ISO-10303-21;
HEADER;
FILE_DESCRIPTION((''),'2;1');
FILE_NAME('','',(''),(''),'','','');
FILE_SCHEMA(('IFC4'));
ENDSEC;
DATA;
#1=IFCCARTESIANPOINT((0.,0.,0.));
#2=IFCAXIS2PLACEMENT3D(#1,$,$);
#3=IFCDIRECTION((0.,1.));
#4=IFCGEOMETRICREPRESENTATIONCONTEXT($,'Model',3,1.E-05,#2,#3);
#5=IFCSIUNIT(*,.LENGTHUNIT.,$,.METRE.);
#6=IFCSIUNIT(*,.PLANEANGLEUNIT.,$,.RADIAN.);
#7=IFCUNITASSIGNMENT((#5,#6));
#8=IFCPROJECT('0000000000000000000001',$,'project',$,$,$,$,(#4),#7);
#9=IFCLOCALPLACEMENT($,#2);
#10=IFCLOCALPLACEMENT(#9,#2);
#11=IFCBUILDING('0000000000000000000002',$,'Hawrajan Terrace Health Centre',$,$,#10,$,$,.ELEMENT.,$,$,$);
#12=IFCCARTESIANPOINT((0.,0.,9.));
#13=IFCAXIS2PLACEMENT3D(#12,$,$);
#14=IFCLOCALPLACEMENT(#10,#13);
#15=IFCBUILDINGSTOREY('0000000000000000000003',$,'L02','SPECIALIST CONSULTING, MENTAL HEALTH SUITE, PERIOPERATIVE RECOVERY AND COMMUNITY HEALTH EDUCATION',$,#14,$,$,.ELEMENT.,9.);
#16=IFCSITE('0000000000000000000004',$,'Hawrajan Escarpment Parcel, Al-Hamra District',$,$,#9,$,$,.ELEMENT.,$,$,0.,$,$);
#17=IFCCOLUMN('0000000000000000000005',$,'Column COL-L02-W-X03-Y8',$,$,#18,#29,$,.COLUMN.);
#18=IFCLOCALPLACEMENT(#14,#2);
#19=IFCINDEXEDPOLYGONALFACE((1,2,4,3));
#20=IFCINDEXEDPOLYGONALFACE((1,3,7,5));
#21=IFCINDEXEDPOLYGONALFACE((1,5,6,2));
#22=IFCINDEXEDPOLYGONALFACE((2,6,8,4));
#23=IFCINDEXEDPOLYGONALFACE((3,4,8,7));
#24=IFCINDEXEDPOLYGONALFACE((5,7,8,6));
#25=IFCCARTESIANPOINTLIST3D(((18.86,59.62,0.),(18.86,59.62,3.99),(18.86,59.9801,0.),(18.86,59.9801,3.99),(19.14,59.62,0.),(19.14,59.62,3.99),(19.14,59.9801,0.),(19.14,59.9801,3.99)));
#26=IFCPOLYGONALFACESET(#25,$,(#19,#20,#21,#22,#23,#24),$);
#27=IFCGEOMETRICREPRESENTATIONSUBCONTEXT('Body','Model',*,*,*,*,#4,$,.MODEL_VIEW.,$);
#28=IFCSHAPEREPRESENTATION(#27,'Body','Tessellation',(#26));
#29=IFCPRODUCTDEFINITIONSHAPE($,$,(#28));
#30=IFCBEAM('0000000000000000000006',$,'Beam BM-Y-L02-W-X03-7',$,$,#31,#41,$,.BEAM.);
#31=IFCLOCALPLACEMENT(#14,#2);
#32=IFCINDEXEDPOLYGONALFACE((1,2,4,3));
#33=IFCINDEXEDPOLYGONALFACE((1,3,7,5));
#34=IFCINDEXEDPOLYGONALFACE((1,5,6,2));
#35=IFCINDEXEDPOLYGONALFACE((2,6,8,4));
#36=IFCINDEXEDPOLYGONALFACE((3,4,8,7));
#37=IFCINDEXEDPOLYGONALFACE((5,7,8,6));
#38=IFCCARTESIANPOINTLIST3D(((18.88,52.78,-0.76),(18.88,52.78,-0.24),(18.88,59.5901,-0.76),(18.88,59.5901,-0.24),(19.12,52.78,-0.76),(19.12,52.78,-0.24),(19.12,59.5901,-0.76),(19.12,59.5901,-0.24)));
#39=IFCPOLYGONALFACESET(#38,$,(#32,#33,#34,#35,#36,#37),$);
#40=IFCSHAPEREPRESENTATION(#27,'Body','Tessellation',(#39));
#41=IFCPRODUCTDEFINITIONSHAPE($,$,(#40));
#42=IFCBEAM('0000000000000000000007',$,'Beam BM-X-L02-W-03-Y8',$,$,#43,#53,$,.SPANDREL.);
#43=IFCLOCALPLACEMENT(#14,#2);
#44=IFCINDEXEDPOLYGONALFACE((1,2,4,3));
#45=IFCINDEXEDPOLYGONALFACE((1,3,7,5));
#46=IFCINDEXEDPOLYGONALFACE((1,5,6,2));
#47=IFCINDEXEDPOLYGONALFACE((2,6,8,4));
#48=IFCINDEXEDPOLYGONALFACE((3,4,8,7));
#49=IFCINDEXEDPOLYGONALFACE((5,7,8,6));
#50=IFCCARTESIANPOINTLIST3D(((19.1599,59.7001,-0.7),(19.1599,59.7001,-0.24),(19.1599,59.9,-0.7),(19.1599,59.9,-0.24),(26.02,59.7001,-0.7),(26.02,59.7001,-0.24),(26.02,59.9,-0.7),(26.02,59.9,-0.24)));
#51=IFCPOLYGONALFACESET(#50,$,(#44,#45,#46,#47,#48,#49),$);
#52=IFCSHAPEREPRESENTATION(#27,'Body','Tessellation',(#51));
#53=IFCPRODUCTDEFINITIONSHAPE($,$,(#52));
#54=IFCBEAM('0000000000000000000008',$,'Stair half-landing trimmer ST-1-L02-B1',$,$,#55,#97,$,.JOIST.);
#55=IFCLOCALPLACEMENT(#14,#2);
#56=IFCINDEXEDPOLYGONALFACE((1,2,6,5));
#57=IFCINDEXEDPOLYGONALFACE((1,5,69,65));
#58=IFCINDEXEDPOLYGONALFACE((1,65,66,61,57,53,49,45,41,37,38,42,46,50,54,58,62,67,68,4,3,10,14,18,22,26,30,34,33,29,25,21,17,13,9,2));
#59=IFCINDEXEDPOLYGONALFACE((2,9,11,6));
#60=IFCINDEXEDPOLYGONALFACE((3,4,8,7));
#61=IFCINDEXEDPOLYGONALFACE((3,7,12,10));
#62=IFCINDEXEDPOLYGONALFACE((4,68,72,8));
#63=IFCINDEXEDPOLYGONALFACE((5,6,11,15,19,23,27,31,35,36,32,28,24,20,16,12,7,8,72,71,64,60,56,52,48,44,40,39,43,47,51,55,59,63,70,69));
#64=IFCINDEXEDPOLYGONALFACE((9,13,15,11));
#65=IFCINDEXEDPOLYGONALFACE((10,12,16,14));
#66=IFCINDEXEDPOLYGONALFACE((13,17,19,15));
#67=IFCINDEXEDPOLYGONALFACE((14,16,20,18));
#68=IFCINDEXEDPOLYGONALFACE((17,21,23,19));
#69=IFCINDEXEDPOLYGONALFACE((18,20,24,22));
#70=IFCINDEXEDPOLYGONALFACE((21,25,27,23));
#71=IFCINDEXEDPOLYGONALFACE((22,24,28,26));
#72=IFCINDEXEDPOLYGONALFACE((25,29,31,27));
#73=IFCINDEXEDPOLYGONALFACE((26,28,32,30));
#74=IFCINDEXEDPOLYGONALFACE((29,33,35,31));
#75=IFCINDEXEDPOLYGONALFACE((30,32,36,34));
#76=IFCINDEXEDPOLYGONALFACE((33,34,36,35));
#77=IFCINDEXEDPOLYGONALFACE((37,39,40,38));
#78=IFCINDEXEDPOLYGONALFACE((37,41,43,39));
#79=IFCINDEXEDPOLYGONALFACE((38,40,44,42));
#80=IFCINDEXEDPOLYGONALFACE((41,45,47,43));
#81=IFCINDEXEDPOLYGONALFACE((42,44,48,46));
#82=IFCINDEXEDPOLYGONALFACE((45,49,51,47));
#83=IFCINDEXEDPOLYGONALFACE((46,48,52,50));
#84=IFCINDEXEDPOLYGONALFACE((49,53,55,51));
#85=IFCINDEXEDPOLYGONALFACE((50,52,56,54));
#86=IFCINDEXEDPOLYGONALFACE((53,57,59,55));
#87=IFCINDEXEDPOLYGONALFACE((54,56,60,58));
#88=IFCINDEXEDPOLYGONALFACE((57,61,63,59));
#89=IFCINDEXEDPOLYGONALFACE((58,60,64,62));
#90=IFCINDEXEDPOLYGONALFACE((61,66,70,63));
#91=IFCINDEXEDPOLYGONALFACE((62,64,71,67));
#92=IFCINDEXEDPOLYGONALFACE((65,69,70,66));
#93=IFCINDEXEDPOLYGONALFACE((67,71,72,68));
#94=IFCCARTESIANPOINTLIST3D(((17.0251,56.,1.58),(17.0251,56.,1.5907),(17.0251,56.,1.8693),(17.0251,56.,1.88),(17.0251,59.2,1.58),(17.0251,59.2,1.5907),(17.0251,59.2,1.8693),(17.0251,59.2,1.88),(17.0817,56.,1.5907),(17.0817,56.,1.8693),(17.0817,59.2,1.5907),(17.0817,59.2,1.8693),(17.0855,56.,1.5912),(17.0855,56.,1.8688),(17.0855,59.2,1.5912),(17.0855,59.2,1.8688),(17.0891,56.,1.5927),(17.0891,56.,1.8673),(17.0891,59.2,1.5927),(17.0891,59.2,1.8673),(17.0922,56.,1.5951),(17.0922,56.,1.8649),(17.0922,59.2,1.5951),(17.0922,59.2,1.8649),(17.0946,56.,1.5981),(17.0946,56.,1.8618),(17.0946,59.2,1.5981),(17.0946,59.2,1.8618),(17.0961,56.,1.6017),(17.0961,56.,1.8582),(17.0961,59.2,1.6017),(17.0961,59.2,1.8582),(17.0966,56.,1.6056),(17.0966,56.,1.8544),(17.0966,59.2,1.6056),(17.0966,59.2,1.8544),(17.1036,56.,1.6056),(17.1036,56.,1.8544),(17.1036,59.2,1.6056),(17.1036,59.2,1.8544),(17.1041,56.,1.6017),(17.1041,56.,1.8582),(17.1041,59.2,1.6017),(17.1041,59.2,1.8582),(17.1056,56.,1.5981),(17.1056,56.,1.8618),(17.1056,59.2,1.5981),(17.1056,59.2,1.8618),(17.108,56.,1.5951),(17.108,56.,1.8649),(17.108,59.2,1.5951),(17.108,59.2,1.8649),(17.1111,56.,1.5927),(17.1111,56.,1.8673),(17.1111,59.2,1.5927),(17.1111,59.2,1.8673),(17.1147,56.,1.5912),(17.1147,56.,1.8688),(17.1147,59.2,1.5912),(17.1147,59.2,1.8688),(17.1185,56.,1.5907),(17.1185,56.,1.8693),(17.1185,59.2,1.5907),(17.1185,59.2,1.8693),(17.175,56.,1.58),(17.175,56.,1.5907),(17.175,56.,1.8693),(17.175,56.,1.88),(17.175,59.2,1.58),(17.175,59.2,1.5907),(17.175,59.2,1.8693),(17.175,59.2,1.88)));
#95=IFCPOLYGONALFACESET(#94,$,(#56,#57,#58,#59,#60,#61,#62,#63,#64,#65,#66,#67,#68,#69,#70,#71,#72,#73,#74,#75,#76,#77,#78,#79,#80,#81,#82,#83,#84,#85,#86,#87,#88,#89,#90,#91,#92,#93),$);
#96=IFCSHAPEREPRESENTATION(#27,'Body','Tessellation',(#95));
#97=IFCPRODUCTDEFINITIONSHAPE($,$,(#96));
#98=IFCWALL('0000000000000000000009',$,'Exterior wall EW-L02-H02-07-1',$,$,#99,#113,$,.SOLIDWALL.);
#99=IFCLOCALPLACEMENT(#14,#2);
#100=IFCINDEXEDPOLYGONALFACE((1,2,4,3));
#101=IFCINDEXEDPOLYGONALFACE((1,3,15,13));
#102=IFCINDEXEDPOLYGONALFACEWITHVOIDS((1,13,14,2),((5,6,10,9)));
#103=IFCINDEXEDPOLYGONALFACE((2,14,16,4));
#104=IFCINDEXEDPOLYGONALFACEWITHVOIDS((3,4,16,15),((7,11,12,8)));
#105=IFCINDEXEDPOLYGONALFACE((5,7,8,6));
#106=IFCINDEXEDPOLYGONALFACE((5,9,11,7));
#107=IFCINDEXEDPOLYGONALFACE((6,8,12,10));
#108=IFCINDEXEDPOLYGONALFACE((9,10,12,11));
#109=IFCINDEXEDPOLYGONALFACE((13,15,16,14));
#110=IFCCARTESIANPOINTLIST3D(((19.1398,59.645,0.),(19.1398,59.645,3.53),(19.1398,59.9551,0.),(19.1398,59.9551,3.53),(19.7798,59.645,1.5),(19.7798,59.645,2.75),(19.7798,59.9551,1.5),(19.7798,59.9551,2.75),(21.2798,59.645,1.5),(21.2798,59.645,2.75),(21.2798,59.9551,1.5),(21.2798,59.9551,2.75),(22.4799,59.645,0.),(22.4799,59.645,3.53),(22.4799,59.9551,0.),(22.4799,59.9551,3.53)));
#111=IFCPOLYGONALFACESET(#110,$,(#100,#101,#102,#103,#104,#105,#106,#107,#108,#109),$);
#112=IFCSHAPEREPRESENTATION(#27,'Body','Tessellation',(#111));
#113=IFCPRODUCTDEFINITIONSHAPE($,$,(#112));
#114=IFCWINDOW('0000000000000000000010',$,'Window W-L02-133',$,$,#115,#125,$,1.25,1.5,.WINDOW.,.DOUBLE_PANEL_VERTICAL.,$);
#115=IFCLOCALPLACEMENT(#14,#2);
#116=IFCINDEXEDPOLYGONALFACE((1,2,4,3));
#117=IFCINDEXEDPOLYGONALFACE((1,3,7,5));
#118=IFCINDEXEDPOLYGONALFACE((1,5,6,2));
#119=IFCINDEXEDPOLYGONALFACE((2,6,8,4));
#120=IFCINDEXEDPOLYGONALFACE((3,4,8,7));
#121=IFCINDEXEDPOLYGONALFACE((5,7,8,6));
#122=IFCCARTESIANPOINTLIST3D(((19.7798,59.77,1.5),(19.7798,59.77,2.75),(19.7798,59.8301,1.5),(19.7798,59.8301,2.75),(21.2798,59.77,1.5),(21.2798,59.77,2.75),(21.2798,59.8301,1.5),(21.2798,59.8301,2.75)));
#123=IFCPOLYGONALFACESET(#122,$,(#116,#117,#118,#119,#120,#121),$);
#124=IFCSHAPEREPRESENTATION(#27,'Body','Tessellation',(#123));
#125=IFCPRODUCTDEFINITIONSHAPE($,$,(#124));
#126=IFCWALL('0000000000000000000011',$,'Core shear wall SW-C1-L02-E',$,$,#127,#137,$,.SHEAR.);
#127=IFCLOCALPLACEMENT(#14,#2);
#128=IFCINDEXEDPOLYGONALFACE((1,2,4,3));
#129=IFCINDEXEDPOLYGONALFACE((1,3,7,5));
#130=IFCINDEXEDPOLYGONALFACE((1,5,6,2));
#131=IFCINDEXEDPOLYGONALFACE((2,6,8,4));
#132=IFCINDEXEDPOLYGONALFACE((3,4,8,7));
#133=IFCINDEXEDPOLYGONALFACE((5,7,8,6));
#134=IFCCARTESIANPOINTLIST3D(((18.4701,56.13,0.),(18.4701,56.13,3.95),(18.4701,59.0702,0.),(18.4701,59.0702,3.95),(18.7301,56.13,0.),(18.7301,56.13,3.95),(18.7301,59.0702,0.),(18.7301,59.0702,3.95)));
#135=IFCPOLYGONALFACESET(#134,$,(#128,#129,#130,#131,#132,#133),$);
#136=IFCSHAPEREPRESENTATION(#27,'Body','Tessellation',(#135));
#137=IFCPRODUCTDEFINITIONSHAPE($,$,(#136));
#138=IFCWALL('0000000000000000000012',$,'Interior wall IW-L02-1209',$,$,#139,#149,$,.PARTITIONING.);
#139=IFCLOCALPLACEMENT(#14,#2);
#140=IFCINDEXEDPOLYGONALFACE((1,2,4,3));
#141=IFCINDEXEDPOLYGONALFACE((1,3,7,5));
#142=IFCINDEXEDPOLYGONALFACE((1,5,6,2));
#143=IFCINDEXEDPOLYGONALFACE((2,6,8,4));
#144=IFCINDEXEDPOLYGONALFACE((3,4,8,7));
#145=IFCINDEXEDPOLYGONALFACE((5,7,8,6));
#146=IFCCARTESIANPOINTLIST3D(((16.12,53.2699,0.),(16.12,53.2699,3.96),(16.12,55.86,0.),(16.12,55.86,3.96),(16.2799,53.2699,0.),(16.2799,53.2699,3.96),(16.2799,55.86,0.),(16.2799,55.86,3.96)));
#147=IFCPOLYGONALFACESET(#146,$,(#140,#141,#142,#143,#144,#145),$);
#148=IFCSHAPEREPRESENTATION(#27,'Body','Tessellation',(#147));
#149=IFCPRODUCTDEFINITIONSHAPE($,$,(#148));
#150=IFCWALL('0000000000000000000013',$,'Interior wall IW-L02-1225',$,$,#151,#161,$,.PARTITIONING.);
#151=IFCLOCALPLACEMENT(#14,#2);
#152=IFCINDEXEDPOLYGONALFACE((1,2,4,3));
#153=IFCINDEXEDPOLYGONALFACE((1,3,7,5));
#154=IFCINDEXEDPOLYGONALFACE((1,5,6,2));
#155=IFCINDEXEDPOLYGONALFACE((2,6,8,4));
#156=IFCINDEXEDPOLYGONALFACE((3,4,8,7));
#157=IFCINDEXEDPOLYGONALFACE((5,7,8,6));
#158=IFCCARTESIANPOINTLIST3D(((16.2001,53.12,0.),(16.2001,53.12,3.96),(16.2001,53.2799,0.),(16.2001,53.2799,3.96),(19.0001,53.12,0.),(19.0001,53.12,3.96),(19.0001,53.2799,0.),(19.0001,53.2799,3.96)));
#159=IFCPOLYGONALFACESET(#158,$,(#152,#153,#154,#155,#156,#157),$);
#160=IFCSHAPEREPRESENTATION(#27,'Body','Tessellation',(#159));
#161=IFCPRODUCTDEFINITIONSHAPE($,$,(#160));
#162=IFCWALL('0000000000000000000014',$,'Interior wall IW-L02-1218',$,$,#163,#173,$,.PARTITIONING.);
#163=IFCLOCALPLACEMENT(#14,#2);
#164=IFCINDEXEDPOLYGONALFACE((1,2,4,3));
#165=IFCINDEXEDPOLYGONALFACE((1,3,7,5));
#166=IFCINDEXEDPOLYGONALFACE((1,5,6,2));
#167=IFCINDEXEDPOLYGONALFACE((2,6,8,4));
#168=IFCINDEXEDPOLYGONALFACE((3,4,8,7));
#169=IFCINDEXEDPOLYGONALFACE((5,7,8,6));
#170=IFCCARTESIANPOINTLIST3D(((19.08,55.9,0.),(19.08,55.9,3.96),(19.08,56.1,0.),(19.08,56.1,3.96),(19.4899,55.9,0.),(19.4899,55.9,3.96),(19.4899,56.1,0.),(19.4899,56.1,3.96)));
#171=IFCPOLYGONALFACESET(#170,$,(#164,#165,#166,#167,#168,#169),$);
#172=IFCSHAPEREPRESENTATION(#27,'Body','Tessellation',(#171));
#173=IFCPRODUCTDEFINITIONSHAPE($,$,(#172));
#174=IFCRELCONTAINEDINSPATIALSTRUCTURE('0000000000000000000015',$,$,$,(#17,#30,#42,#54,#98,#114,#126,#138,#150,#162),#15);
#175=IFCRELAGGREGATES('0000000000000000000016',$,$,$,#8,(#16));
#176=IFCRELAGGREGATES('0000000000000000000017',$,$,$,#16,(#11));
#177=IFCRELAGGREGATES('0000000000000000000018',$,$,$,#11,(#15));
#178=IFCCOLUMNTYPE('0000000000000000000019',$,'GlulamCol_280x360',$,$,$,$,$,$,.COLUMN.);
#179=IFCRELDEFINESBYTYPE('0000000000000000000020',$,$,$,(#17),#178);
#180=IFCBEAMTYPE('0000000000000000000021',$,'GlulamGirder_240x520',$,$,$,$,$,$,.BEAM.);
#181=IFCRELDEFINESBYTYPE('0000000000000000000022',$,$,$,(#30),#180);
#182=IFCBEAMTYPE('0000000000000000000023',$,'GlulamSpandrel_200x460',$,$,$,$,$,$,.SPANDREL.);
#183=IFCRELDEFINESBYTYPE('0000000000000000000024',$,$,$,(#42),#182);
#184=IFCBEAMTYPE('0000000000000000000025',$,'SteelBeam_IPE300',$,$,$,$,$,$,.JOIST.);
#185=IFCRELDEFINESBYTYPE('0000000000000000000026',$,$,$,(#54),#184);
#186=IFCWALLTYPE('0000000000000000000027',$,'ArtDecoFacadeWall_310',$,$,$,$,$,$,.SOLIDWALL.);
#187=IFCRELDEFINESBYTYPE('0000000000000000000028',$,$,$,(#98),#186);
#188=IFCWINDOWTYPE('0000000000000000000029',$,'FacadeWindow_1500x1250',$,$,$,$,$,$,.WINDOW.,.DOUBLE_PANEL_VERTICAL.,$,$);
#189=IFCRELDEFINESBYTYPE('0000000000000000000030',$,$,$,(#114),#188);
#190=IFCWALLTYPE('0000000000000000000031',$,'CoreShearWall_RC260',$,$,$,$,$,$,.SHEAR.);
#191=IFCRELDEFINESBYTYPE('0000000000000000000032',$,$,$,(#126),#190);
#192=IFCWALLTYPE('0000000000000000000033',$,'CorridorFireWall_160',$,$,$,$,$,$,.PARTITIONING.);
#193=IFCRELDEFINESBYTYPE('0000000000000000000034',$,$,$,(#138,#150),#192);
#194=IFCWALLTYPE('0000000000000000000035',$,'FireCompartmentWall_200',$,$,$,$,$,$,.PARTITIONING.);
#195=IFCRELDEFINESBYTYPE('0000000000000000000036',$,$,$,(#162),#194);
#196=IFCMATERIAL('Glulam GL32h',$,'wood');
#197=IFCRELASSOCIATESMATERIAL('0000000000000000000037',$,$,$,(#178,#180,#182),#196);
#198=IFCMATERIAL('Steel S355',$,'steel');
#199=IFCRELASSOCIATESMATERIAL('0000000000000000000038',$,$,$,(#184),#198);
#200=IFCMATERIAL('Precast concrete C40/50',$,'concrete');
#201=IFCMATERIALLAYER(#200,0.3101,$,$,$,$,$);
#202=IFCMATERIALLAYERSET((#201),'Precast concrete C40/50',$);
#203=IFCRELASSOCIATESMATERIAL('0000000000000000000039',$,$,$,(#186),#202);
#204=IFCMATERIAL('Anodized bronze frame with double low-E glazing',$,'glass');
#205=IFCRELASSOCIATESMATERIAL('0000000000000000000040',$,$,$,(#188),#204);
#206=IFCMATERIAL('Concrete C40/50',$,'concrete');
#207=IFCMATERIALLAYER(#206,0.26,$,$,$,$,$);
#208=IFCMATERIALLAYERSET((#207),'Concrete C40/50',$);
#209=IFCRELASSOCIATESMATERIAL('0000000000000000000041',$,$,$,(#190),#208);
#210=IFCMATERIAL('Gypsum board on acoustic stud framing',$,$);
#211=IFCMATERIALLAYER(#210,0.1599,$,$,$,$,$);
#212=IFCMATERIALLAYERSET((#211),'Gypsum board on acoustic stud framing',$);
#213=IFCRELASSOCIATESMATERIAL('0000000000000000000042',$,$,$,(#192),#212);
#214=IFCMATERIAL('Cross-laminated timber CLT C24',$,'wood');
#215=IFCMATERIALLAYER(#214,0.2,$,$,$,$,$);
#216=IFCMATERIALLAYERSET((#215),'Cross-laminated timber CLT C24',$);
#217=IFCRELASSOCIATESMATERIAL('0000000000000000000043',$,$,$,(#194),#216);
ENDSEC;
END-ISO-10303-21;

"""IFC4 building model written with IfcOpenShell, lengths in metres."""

from ifc_helpers import new_model, si_unit, direction, frame, frame_2d, origin, origin_2d, place, context, subcontext, project, spatial, rectangle, i_section, extrude, material, layer, layer_set, material_profile, profile_set, type_object, element, fill, save


model = new_model("IFC4")

# Units and contexts
model_context = context("Model", 3, precision=1e-05, world=origin(), true_north=direction((0.0, 1.0)))
body_context = subcontext(model_context, "Body", "Model", "MODEL_VIEW")
ifc_project = project(units=[si_unit("LENGTHUNIT", "METRE"), si_unit("PLANEANGLEUNIT", "RADIAN")], contexts=[model_context])

# Site, building, storey
site_placement = place(None, origin())
site = spatial("IfcSite", under=ifc_project, at=site_placement, Name="Hawrajan Escarpment Parcel, Al-Hamra District", CompositionType="ELEMENT", RefElevation=0.0)
building_placement = place(site_placement, origin())
building = spatial("IfcBuilding", under=site, at=building_placement, Name="Hawrajan Terrace Health Centre", CompositionType="ELEMENT")
storey_placement = place(building_placement, frame((0.0, 0.0, 9.0)))
storey = spatial("IfcBuildingStorey", under=building, at=storey_placement, Name="L02", Description="SPECIALIST CONSULTING, MENTAL HEALTH SUITE, PERIOPERATIVE RECOVERY AND COMMUNITY HEALTH EDUCATION", CompositionType="ELEMENT", Elevation=9.0)

# Column
ifc_material_1 = material(Name="Glulam GL32h", Category="wood")
ifc_material_profile_1 = material_profile(ifc_material_1, rectangle(XDim=0.28, YDim=0.3601, at=origin_2d()), Name="GL 280x360")
ifc_profile_set_1 = profile_set([ifc_material_profile_1], Name="Glulam GL32h")
column_type = type_object("IfcColumnType", Name="GlulamCol_280x360", PredefinedType="COLUMN", material=ifc_profile_set_1)
column_placement = place(storey_placement, frame((19.0, 59.8, 0.0), z_axis=(0.0, 0.0, 1.0), x_axis=(1.0, 0.0, 0.0)))
element("IfcColumn", 1, at=column_placement, inside=storey, type_object=column_type, Name="Column COL-L02-W-X03-Y8", PredefinedType="COLUMN", context=body_context, shape_type="SweptSolid", body=[
    extrude(rectangle(XDim=0.28, YDim=0.3601, at=origin_2d()), origin(), (0.0, 0.0, 1.0), 3.99),
])

# Beams
ifc_material_profile_2 = material_profile(ifc_material_1, rectangle(XDim=0.24, YDim=0.52, at=origin_2d()), Name="GL BM 240x520")
ifc_profile_set_2 = profile_set([ifc_material_profile_2], Name="Glulam GL32h")
beam_type_1 = type_object("IfcBeamType", Name="GlulamGirder_240x520", PredefinedType="BEAM", material=ifc_profile_set_2)
beam_1_placement = place(storey_placement, frame((19.0, 52.78, -0.5), z_axis=(0.0, 1.0, 0.0), x_axis=(-1.0, 0.0, 0.0)))
element("IfcBeam", 2, at=beam_1_placement, inside=storey, type_object=beam_type_1, Name="Beam BM-Y-L02-W-X03-7", PredefinedType="BEAM", context=body_context, shape_type="SweptSolid", body=[
    extrude(rectangle(XDim=0.24, YDim=0.52, at=origin_2d()), origin(), (0.0, 0.0, 1.0), 6.8101),
])
ifc_material_profile_3 = material_profile(ifc_material_1, rectangle(XDim=0.2, YDim=0.46, at=origin_2d()), Name="GL SP 200x460")
ifc_profile_set_3 = profile_set([ifc_material_profile_3], Name="Glulam GL32h")
beam_type_2 = type_object("IfcBeamType", Name="GlulamSpandrel_200x460", PredefinedType="SPANDREL", material=ifc_profile_set_3)
beam_2_placement = place(storey_placement, frame((19.1599, 59.8, -0.47), z_axis=(1.0, 0.0, 0.0), x_axis=(0.0, 1.0, 0.0)))
element("IfcBeam", 3, at=beam_2_placement, inside=storey, type_object=beam_type_2, Name="Beam BM-X-L02-W-03-Y8", PredefinedType="SPANDREL", context=body_context, shape_type="SweptSolid", body=[
    extrude(rectangle(XDim=0.2, YDim=0.46, at=origin_2d()), origin(), (0.0, 0.0, 1.0), 6.8601),
])
ifc_material_2 = material(Name="Steel S355", Category="steel")
ifc_material_profile_4 = material_profile(ifc_material_2, i_section(OverallWidth=0.1499, OverallDepth=0.3, WebThickness=0.0071, FlangeThickness=0.0107, FilletRadius=0.0149, at=origin_2d()), Name="IPE 300")
ifc_profile_set_4 = profile_set([ifc_material_profile_4], Name="Steel S355")
beam_type_3 = type_object("IfcBeamType", Name="SteelBeam_IPE300", PredefinedType="JOIST", material=ifc_profile_set_4)
beam_3_placement = place(storey_placement, frame((17.1001, 56.0, 1.73), z_axis=(0.0, 1.0, 0.0), x_axis=(-1.0, 0.0, 0.0)))
element("IfcBeam", 4, at=beam_3_placement, inside=storey, type_object=beam_type_3, Name="Stair half-landing trimmer ST-1-L02-B1", PredefinedType="JOIST", context=body_context, shape_type="SweptSolid", body=[
    extrude(i_section(OverallWidth=0.1499, OverallDepth=0.3, WebThickness=0.0071, FlangeThickness=0.0107, FilletRadius=0.0149, at=origin_2d()), origin(), (0.0, 0.0, 1.0), 3.2),
])

# Wall, opening, window
ifc_material_3 = material(Name="Precast concrete C40/50", Category="concrete")
ifc_layer_1 = layer(ifc_material_3, 0.3101)
ifc_layer_set_1 = layer_set([ifc_layer_1], Name="Precast concrete C40/50")
wall_type_1 = type_object("IfcWallType", Name="ArtDecoFacadeWall_310", PredefinedType="SOLIDWALL", material=ifc_layer_set_1)
wall_1_placement = place(storey_placement, frame((19.1399, 59.8, 0.0), z_axis=(0.0, 0.0, 1.0), x_axis=(1.0, 0.0, 0.0)))
wall_1 = element("IfcWall", 5, at=wall_1_placement, inside=storey, type_object=wall_type_1, Name="Exterior wall EW-L02-H02-07-1", PredefinedType="SOLIDWALL", context=body_context, shape_type="SweptSolid", body=[
    extrude(rectangle(XDim=3.3401, YDim=0.3101, at=frame_2d((1.6699, 0.0))), origin(), (0.0, 0.0, 1.0), 3.53),
])
opening_1_placement = place(wall_1_placement, frame((0.6399, 0.0, 1.5)))
opening_1 = element("IfcOpeningElement", 6, at=opening_1_placement, cuts=wall_1, PredefinedType="OPENING", context=body_context, shape_type="SweptSolid", body=[
    extrude(rectangle(XDim=1.5, YDim=1.25, at=frame_2d((0.75, 0.625))), frame((0.0, 0.165, 0.0), z_axis=(0.0, -1.0, 0.0), x_axis=(1.0, 0.0, 0.0)), (0.0, 0.0, 1.0), 0.3301),
])
ifc_material_4 = material(Name="Anodized bronze frame with double low-E glazing", Category="glass")
window_type = type_object("IfcWindowType", Name="FacadeWindow_1500x1250", PartitioningType="DOUBLE_PANEL_VERTICAL", PredefinedType="WINDOW", material=ifc_material_4)
window_placement = place(opening_1_placement, origin())
window = element("IfcWindow", 7, at=window_placement, inside=storey, type_object=window_type, Name="Window W-L02-133", OverallHeight=1.25, OverallWidth=1.5, PartitioningType="DOUBLE_PANEL_VERTICAL", PredefinedType="WINDOW", context=body_context, shape_type="SweptSolid", body=[
    extrude(rectangle(XDim=1.5, YDim=1.25, at=frame_2d((0.75, 0.625))), frame((0.0, 0.03, 0.0), z_axis=(0.0, -1.0, 0.0), x_axis=(1.0, 0.0, 0.0)), (0.0, 0.0, 1.0), 0.0601),
])
fill(opening_1, window)

# Shared definitions
ifc_material_5 = material(Name="Gypsum board on acoustic stud framing")

# Walls
ifc_material_6 = material(Name="Concrete C40/50", Category="concrete")
ifc_layer_2 = layer(ifc_material_6, 0.26)
ifc_layer_set_2 = layer_set([ifc_layer_2], Name="Concrete C40/50")
wall_type_2 = type_object("IfcWallType", Name="CoreShearWall_RC260", PredefinedType="SHEAR", material=ifc_layer_set_2)
wall_2_placement = place(storey_placement, frame((18.6001, 56.1299, 0.0), z_axis=(0.0, 0.0, 1.0), x_axis=(0.0, 1.0, 0.0)))
element("IfcWall", 8, at=wall_2_placement, inside=storey, type_object=wall_type_2, Name="Core shear wall SW-C1-L02-E", PredefinedType="SHEAR", context=body_context, shape_type="SweptSolid", body=[
    extrude(rectangle(XDim=2.9402, YDim=0.26, at=frame_2d((1.4702, 0.0))), origin(), (0.0, 0.0, 1.0), 3.95),
])
ifc_layer_3 = layer(ifc_material_5, 0.1599)
ifc_layer_set_3 = layer_set([ifc_layer_3], Name="Gypsum board on acoustic stud framing")
wall_type_3 = type_object("IfcWallType", Name="CorridorFireWall_160", PredefinedType="PARTITIONING", material=ifc_layer_set_3)
wall_3_placement = place(storey_placement, frame((16.2, 53.27, 0.0), z_axis=(0.0, 0.0, 1.0), x_axis=(0.0, 1.0, 0.0)))
element("IfcWall", 9, at=wall_3_placement, inside=storey, type_object=wall_type_3, Name="Interior wall IW-L02-1209", PredefinedType="PARTITIONING", context=body_context, shape_type="SweptSolid", body=[
    extrude(rectangle(XDim=2.5901, YDim=0.1599, at=frame_2d((1.2949, 0.0))), origin(), (0.0, 0.0, 1.0), 3.96),
])
wall_4_placement = place(storey_placement, frame((19.0, 53.2, 0.0), z_axis=(0.0, 0.0, 1.0), x_axis=(-1.0, 0.0, 0.0)))
element("IfcWall", 10, at=wall_4_placement, inside=storey, type_object=wall_type_3, Name="Interior wall IW-L02-1225", PredefinedType="PARTITIONING", context=body_context, shape_type="SweptSolid", body=[
    extrude(rectangle(XDim=2.8, YDim=0.1599, at=frame_2d((1.3999, 0.0))), origin(), (0.0, 0.0, 1.0), 3.96),
])
ifc_material_7 = material(Name="Cross-laminated timber CLT C24", Category="wood")
ifc_layer_4 = layer(ifc_material_7, 0.2)
ifc_layer_set_4 = layer_set([ifc_layer_4], Name="Cross-laminated timber CLT C24")
wall_type_4 = type_object("IfcWallType", Name="FireCompartmentWall_200", PredefinedType="PARTITIONING", material=ifc_layer_set_4)
wall_5_placement = place(storey_placement, frame((19.49, 56.0, 0.0), z_axis=(0.0, 0.0, 1.0), x_axis=(-1.0, 0.0, 0.0)))
element("IfcWall", 11, at=wall_5_placement, inside=storey, type_object=wall_type_4, Name="Interior wall IW-L02-1218", PredefinedType="PARTITIONING", context=body_context, shape_type="SweptSolid", body=[
    extrude(rectangle(XDim=0.4099, YDim=0.2, at=frame_2d((0.2051, 0.0))), origin(), (0.0, 0.0, 1.0), 3.96),
])

save(model, "model.ifc")
